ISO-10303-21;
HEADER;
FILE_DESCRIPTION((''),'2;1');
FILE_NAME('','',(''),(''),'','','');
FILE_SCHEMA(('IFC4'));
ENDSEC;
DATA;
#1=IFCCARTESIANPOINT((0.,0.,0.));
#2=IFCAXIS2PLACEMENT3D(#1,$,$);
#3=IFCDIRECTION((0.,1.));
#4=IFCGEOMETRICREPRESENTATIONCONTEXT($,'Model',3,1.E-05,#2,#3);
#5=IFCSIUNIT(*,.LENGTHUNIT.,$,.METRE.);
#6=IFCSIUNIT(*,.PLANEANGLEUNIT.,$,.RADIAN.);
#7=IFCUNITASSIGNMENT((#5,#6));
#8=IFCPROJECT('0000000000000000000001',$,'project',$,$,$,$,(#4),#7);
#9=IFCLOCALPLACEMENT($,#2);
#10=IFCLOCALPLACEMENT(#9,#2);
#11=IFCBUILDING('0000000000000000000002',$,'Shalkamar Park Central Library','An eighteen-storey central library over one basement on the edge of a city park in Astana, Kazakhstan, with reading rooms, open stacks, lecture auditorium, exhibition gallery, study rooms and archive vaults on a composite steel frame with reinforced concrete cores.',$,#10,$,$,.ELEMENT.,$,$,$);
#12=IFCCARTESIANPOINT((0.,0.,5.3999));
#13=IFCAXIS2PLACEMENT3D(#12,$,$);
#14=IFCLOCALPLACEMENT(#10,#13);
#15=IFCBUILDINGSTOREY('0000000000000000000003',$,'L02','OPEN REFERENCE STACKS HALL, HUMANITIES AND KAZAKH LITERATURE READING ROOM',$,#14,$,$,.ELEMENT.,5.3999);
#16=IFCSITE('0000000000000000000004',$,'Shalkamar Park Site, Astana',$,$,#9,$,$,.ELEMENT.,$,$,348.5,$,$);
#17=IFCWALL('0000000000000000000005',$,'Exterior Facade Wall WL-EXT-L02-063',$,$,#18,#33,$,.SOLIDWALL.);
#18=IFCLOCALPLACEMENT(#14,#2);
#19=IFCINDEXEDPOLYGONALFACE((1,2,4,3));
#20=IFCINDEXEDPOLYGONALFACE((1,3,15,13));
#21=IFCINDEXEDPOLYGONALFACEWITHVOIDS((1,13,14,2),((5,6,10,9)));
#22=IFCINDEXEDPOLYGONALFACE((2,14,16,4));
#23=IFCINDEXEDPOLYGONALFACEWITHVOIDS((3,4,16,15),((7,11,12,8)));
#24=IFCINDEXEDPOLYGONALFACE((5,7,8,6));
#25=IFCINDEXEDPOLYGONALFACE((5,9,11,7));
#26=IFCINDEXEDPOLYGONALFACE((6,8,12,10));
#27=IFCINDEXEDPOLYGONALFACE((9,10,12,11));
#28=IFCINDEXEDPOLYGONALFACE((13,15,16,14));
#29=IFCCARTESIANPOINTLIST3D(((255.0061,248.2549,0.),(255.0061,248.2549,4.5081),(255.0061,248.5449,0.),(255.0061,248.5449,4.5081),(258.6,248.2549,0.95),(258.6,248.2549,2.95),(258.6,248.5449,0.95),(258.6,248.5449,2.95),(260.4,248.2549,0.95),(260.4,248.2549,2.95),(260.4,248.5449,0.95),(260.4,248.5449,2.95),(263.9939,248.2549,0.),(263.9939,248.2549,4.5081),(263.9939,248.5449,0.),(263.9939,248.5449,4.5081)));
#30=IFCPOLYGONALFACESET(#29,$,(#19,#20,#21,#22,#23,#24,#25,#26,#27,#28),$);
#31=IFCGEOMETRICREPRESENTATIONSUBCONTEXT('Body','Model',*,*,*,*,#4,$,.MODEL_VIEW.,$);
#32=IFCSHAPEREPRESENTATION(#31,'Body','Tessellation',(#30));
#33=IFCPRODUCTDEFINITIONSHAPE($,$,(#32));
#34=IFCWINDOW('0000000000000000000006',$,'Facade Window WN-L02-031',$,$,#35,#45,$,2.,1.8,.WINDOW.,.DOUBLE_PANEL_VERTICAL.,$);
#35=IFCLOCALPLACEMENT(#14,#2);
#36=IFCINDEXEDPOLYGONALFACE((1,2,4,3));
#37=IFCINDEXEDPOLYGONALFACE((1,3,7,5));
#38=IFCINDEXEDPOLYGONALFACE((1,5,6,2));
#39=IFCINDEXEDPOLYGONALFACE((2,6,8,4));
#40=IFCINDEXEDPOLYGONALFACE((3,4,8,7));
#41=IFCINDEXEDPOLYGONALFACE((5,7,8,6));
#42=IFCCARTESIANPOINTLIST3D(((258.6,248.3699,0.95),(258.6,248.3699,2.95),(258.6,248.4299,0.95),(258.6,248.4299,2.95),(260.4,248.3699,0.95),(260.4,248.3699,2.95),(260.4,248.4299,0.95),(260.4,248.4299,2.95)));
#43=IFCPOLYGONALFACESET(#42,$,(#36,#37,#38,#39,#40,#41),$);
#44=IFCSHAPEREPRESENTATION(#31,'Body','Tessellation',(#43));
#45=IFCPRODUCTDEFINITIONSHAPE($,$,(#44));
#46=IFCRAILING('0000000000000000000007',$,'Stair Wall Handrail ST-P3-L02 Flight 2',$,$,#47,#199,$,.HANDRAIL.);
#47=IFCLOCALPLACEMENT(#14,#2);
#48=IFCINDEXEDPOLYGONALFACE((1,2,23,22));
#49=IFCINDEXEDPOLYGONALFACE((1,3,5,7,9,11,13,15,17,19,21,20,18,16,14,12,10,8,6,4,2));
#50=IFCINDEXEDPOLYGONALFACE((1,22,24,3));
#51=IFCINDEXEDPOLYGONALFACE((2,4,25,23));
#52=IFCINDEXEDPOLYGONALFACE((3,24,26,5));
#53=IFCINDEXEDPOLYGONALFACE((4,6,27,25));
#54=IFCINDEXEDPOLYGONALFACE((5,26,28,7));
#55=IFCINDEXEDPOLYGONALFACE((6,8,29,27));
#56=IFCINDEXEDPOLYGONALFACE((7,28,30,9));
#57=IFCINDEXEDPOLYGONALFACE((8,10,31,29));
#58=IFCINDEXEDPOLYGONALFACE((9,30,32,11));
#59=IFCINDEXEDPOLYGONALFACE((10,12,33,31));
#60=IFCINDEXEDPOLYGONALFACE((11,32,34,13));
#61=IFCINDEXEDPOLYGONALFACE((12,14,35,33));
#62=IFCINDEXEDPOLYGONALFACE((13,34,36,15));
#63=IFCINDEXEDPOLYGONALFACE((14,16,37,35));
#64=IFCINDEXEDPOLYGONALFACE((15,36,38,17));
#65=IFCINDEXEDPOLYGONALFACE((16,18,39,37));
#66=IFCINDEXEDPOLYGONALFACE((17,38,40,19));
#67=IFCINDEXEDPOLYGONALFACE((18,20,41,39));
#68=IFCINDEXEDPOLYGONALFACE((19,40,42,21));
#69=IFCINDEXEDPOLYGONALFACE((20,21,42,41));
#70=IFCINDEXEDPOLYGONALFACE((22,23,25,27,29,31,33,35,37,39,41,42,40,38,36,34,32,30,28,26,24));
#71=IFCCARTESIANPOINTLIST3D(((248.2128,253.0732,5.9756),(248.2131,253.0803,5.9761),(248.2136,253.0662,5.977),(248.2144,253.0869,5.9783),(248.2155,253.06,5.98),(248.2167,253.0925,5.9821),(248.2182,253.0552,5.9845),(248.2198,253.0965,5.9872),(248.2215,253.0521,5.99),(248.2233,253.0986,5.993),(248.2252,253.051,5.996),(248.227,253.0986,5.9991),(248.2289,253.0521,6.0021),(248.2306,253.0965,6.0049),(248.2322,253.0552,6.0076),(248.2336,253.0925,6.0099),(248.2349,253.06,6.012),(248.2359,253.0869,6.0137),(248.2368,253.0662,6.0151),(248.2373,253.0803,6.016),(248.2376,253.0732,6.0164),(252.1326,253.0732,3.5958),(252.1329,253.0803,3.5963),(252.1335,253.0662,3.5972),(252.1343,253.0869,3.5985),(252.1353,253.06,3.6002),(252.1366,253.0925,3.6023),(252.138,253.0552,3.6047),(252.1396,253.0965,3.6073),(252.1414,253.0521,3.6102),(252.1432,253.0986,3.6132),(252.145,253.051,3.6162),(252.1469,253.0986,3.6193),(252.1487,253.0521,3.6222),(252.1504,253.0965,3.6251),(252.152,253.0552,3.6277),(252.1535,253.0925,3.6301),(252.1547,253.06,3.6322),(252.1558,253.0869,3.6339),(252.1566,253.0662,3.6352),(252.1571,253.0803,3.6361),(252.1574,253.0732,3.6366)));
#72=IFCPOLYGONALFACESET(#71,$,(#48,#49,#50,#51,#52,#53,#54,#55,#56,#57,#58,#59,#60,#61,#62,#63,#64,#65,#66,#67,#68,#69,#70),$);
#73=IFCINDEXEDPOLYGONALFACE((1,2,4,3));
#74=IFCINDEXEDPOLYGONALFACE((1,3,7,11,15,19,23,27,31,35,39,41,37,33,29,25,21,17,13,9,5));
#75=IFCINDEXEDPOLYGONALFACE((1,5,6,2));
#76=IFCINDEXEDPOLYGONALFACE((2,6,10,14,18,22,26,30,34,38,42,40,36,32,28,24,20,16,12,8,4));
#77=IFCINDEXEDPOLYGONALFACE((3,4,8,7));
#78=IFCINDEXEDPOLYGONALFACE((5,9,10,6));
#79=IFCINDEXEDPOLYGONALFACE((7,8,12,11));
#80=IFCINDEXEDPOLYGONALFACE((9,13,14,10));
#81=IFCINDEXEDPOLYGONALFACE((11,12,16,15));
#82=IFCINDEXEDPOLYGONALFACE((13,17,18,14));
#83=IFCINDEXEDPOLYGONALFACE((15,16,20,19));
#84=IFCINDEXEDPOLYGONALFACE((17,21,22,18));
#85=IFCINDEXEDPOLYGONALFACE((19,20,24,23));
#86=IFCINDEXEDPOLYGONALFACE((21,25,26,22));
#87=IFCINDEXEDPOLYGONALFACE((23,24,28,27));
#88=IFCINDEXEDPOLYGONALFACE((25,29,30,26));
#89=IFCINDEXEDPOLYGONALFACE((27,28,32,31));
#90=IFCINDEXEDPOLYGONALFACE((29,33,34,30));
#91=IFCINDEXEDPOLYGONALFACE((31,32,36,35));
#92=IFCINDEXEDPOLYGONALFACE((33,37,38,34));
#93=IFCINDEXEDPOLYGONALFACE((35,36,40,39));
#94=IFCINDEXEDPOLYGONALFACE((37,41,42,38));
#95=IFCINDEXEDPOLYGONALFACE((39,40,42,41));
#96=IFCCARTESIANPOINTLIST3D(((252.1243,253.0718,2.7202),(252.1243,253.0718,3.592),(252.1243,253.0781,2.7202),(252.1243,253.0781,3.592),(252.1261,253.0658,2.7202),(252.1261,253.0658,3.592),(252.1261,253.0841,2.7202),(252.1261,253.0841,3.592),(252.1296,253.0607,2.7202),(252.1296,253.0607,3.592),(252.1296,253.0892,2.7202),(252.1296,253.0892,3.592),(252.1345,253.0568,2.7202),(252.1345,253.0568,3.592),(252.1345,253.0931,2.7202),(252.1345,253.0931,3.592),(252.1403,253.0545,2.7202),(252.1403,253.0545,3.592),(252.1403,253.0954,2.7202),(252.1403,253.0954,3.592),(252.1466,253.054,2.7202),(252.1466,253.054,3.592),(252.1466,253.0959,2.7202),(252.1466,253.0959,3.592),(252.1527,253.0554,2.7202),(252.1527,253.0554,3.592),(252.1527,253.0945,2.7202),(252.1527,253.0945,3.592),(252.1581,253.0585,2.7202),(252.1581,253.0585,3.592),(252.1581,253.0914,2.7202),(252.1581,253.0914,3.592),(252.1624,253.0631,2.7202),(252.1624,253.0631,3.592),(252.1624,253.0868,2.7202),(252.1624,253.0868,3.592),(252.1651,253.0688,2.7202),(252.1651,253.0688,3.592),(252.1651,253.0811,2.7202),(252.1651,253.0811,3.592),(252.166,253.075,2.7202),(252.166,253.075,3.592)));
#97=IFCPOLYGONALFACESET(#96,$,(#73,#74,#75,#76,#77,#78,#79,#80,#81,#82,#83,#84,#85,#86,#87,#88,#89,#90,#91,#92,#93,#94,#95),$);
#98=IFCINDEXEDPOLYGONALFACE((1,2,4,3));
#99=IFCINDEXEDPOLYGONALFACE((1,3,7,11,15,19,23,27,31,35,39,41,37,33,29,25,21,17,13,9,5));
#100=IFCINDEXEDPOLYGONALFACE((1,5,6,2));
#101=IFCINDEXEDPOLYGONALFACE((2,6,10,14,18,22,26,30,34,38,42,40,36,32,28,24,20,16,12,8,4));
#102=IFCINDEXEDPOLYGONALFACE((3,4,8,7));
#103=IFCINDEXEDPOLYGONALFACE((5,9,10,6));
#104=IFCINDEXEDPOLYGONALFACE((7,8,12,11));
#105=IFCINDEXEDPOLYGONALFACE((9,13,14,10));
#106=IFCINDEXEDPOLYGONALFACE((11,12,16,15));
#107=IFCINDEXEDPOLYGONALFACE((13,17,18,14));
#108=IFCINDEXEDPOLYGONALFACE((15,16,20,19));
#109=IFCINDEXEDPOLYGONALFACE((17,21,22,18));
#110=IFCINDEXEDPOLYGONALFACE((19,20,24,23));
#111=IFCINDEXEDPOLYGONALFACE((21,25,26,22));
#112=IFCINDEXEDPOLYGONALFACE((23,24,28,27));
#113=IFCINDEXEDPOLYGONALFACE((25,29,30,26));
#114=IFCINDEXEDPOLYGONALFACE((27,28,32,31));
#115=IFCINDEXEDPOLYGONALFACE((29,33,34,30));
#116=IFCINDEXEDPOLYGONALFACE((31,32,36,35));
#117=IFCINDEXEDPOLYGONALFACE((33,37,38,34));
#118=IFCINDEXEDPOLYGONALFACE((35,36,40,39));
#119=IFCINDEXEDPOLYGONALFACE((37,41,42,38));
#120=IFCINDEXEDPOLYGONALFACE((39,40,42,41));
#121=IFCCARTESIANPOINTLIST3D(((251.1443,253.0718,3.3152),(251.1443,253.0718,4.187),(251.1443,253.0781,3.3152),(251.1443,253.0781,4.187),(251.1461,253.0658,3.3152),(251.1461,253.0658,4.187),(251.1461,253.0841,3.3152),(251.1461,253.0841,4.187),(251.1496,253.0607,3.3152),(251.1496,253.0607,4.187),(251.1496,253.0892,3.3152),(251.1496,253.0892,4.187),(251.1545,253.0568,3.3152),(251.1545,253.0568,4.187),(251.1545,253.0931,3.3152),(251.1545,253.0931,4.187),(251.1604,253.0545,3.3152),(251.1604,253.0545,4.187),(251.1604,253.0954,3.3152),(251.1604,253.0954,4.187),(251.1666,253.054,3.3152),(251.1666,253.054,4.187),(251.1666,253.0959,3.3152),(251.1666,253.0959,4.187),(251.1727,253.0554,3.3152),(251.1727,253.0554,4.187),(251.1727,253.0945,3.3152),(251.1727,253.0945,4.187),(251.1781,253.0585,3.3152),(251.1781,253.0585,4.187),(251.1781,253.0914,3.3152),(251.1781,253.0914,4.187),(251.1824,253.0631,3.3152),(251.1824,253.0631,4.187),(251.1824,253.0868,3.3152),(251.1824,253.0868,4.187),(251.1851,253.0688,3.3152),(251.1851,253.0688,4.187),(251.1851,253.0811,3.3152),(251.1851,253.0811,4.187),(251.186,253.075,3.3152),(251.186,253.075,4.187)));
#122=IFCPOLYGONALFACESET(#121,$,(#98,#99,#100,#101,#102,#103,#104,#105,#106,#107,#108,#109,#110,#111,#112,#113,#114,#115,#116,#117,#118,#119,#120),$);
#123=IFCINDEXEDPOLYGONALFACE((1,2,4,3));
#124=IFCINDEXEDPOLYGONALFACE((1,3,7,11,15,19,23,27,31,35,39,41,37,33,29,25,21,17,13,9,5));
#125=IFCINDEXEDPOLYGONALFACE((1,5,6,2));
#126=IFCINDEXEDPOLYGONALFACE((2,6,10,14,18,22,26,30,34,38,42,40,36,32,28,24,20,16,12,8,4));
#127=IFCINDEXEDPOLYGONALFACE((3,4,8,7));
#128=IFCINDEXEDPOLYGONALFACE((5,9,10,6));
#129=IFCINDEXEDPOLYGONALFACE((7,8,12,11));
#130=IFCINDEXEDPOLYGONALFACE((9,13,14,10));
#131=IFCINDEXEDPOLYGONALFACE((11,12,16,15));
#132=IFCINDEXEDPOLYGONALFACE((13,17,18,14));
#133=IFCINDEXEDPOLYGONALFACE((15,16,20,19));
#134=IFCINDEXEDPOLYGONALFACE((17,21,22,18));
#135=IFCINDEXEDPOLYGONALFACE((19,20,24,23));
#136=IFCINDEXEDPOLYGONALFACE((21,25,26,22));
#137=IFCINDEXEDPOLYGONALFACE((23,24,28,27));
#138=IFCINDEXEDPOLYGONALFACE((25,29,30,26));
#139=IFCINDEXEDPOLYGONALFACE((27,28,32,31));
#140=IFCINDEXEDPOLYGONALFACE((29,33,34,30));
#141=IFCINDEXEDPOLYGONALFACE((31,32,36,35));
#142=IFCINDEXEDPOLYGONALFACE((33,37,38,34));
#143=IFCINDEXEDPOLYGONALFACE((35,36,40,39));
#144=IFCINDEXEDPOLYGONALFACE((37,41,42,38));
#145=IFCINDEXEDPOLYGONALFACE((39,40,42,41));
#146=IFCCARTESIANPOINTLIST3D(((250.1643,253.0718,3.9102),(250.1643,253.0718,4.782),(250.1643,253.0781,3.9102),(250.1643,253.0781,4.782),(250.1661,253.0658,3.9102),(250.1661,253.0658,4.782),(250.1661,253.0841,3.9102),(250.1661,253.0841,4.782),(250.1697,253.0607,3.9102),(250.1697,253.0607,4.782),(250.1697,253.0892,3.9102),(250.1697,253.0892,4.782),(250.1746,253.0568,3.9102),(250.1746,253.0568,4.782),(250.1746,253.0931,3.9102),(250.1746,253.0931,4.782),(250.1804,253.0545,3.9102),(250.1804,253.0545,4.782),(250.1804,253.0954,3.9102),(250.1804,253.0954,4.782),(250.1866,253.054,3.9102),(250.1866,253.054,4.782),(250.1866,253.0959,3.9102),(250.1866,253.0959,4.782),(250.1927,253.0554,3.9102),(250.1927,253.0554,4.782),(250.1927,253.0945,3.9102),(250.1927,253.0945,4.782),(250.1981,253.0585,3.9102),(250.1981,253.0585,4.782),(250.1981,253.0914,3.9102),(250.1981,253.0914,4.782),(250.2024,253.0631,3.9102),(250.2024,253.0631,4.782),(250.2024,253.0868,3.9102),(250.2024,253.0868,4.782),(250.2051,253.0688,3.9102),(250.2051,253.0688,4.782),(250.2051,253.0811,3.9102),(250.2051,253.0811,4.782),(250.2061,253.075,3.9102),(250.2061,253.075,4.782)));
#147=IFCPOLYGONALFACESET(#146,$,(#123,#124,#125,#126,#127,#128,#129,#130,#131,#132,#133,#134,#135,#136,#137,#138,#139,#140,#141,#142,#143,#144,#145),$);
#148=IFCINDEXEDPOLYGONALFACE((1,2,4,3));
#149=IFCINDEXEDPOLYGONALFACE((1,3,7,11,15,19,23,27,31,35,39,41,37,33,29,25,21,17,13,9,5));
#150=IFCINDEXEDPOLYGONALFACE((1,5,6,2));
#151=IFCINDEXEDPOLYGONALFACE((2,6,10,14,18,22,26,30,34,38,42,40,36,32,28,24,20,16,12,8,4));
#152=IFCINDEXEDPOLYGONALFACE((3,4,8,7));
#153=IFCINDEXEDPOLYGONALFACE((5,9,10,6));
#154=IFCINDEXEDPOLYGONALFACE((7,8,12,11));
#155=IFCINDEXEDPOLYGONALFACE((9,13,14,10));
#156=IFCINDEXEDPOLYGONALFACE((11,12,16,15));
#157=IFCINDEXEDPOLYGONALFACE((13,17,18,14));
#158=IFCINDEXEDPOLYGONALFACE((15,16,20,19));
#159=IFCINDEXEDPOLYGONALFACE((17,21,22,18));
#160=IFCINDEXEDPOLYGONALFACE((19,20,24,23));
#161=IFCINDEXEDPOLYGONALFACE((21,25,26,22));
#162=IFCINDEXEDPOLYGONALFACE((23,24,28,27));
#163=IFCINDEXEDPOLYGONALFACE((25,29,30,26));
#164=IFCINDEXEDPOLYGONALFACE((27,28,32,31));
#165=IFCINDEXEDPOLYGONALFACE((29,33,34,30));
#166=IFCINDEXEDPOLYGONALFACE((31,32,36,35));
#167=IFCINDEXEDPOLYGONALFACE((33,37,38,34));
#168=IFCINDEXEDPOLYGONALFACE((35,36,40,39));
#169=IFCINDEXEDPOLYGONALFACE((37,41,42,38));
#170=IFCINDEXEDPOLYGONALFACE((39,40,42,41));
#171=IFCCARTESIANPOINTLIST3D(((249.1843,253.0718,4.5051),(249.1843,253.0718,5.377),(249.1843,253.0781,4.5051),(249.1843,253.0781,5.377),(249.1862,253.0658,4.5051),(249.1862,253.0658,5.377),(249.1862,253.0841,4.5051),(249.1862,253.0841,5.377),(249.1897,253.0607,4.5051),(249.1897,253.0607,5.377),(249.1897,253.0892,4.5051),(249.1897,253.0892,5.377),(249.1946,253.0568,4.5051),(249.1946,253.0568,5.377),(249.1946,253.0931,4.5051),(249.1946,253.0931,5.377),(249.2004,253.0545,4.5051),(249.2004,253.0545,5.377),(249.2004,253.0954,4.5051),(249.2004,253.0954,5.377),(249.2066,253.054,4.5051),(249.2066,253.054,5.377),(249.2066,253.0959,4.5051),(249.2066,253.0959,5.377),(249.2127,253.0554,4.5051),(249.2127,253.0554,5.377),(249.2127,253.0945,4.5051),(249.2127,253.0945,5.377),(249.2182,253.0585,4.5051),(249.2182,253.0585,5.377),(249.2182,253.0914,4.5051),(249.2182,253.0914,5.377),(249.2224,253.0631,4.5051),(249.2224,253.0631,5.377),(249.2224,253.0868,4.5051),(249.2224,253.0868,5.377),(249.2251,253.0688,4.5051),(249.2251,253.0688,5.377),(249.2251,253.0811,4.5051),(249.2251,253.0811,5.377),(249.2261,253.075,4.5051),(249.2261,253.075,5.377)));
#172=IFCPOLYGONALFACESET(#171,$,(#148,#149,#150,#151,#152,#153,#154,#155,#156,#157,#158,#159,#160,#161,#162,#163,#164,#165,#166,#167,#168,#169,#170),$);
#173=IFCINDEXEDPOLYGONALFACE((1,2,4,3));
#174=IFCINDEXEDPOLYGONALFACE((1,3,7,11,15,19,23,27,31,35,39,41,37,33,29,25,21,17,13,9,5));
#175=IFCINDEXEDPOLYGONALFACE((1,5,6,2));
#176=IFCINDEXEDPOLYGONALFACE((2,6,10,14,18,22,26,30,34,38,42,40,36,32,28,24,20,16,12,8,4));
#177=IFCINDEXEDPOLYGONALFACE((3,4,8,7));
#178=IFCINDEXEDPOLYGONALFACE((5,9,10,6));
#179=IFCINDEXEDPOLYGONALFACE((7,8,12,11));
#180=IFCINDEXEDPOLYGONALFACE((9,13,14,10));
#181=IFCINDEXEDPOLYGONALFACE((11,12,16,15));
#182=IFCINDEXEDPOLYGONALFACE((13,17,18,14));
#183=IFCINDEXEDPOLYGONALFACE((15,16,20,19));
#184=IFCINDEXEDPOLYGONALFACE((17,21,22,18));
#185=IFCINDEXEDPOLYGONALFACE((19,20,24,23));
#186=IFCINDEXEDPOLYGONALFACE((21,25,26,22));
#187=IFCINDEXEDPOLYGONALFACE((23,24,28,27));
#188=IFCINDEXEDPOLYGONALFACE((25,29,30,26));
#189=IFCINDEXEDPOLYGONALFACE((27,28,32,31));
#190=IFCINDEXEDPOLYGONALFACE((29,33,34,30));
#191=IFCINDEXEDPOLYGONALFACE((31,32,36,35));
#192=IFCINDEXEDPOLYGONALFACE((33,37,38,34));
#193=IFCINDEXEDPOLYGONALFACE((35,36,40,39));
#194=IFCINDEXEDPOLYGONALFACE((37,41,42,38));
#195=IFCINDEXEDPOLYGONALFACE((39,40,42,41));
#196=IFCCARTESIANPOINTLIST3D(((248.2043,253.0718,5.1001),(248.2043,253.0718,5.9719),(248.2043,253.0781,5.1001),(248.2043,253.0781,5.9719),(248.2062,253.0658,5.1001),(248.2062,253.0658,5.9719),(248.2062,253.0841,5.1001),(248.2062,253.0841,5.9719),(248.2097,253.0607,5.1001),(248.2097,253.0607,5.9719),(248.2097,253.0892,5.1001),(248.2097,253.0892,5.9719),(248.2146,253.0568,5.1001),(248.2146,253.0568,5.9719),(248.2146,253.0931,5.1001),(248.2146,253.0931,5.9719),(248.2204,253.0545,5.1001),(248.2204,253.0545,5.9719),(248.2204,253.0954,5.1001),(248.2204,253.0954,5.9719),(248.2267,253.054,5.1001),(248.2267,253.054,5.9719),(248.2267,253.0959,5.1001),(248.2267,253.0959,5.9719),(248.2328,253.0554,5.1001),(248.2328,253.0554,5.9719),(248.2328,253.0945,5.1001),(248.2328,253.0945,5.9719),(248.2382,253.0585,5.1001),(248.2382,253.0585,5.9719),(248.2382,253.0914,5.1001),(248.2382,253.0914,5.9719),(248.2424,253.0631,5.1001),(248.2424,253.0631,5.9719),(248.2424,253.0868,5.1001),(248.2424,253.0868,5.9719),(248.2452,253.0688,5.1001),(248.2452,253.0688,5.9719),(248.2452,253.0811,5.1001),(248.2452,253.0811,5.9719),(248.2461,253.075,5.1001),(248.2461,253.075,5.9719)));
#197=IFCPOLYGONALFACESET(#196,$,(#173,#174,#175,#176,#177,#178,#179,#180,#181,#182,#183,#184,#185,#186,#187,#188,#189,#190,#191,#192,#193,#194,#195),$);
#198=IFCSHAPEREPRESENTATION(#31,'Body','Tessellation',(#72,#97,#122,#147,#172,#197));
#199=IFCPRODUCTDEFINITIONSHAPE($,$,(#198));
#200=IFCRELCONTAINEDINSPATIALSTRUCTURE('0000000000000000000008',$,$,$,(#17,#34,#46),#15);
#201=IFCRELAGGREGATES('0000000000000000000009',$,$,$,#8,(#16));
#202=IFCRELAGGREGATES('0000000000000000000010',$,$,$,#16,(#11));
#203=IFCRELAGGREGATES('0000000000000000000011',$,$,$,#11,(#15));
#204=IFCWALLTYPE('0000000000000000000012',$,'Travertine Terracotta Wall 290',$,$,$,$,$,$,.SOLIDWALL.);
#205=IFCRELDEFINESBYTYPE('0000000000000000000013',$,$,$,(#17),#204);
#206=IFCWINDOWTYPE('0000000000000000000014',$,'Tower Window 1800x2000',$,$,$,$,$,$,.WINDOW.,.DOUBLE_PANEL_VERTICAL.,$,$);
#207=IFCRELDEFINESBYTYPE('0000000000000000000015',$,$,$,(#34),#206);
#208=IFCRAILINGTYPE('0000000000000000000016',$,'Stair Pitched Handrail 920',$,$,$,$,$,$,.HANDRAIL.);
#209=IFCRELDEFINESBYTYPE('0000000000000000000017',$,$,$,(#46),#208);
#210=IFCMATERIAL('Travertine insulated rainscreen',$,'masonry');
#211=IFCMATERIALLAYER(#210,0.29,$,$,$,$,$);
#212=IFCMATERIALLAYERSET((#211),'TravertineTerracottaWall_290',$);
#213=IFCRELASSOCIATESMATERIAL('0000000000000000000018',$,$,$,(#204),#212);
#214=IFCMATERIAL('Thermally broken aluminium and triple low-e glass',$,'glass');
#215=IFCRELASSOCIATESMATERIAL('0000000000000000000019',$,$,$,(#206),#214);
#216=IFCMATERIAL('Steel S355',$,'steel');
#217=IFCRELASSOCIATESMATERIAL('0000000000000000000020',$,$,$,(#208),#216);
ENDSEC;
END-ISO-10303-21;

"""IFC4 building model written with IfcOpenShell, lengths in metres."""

from ifc_helpers import new_model, si_unit, direction, frame, frame_2d, origin, origin_2d, place, context, subcontext, project, spatial, rectangle, circle, extrude, material, layer, layer_set, type_object, element, fill, save


model = new_model("IFC4")

# Units and contexts
model_context = context("Model", 3, precision=1e-05, world=origin(), true_north=direction((0.0, 1.0)))
body_context = subcontext(model_context, "Body", "Model", "MODEL_VIEW")
ifc_project = project(units=[si_unit("LENGTHUNIT", "METRE"), si_unit("PLANEANGLEUNIT", "RADIAN")], contexts=[model_context])

# Site, building, storey
site_placement = place(None, origin())
site = spatial("IfcSite", under=ifc_project, at=site_placement, Name="Shalkamar Park Site, Astana", CompositionType="ELEMENT", RefElevation=348.5)
building_placement = place(site_placement, origin())
building = spatial("IfcBuilding", under=site, at=building_placement, Name="Shalkamar Park Central Library", Description="An eighteen-storey central library over one basement on the edge of a city park in Astana, Kazakhstan, with reading rooms, open stacks, lecture auditorium, exhibition gallery, study rooms and archive vaults on a composite steel frame with reinforced concrete cores.", CompositionType="ELEMENT")
storey_placement = place(building_placement, frame((0.0, 0.0, 5.3999)))
storey = spatial("IfcBuildingStorey", under=building, at=storey_placement, Name="L02", Description="OPEN REFERENCE STACKS HALL, HUMANITIES AND KAZAKH LITERATURE READING ROOM", CompositionType="ELEMENT", Elevation=5.3999)

# Shared definitions
ifc_material_1 = material(Name="Steel S355", Category="steel")

# Wall, opening, window
ifc_material_2 = material(Name="Travertine insulated rainscreen", Category="masonry")
ifc_layer_1 = layer(ifc_material_2, 0.29)
ifc_layer_set_1 = layer_set([ifc_layer_1], Name="TravertineTerracottaWall_290")
wall_type_1 = type_object("IfcWallType", Name="Travertine Terracotta Wall 290", PredefinedType="SOLIDWALL", material=ifc_layer_set_1)
wall_1_placement = place(storey_placement, frame((255.0061, 248.3999, 0.0), z_axis=(0.0, 0.0, 1.0), x_axis=(1.0, 0.0, 0.0)))
wall_1 = element("IfcWall", 1, at=wall_1_placement, inside=storey, type_object=wall_type_1, Name="Exterior Facade Wall WL-EXT-L02-063", PredefinedType="SOLIDWALL", context=body_context, shape_type="SweptSolid", body=[
    extrude(rectangle(XDim=8.9878, YDim=0.29, at=frame_2d((4.4939, 0.0))), origin(), (0.0, 0.0, 1.0), 4.5081),
])
opening_1_placement = place(wall_1_placement, frame((3.594, 0.0, 0.95)))
opening_1 = element("IfcOpeningElement", 2, at=opening_1_placement, cuts=wall_1, PredefinedType="OPENING", context=body_context, shape_type="SweptSolid", body=[
    extrude(rectangle(XDim=1.8, YDim=2.0, at=frame_2d((0.8999, 1.0))), frame((0.0, 0.1599, 0.0), z_axis=(0.0, -1.0, 0.0), x_axis=(1.0, 0.0, 0.0)), (0.0, 0.0, 1.0), 0.3198),
])
ifc_material_3 = material(Name="Thermally broken aluminium and triple low-e glass", Category="glass")
window_type = type_object("IfcWindowType", Name="Tower Window 1800x2000", PartitioningType="DOUBLE_PANEL_VERTICAL", PredefinedType="WINDOW", material=ifc_material_3)
window_placement = place(opening_1_placement, origin())
window = element("IfcWindow", 3, at=window_placement, inside=storey, type_object=window_type, Name="Facade Window WN-L02-031", OverallHeight=2.0, OverallWidth=1.8, PartitioningType="DOUBLE_PANEL_VERTICAL", PredefinedType="WINDOW", context=body_context, shape_type="SweptSolid", body=[
    extrude(rectangle(XDim=1.8, YDim=2.0, at=frame_2d((0.8999, 1.0))), frame((0.0, 0.03, 0.0), z_axis=(0.0, -1.0, 0.0), x_axis=(1.0, 0.0, 0.0)), (0.0, 0.0, 1.0), 0.0601),
])
fill(opening_1, window)

# Railing
railing_type = type_object("IfcRailingType", Name="Stair Pitched Handrail 920", PredefinedType="HANDRAIL", material=ifc_material_1)
railing_placement = place(storey_placement, frame((252.145, 253.075, 2.7202)))
element("IfcRailing", 4, at=railing_placement, inside=storey, type_object=railing_type, Name="Stair Wall Handrail ST-P3-L02 Flight 2", PredefinedType="HANDRAIL", context=body_context, shape_type="SweptSolid", body=[
    extrude(circle(Radius=0.0239, at=origin_2d()), frame((0.0, 0.0, 0.896), z_axis=(-0.854794, 0.0, 0.518967), x_axis=(0.0, -1.0, 0.0)), (0.0, 0.0, 1.0), 4.5857),
    extrude(circle(Radius=0.021, at=origin_2d()), origin(), (0.0, 0.0, 1.0), 0.8718),
    extrude(circle(Radius=0.021, at=origin_2d()), frame((-0.98, 0.0, 0.595)), (0.0, 0.0, 1.0), 0.8718),
    extrude(circle(Radius=0.021, at=origin_2d()), frame((-1.96, 0.0, 1.1899)), (0.0, 0.0, 1.0), 0.8718),
    extrude(circle(Radius=0.021, at=origin_2d()), frame((-2.9399, 0.0, 1.7849)), (0.0, 0.0, 1.0), 0.8718),
    extrude(circle(Radius=0.021, at=origin_2d()), frame((-3.9199, 0.0, 2.3799)), (0.0, 0.0, 1.0), 0.8718),
])

save(model, "model.ifc")
